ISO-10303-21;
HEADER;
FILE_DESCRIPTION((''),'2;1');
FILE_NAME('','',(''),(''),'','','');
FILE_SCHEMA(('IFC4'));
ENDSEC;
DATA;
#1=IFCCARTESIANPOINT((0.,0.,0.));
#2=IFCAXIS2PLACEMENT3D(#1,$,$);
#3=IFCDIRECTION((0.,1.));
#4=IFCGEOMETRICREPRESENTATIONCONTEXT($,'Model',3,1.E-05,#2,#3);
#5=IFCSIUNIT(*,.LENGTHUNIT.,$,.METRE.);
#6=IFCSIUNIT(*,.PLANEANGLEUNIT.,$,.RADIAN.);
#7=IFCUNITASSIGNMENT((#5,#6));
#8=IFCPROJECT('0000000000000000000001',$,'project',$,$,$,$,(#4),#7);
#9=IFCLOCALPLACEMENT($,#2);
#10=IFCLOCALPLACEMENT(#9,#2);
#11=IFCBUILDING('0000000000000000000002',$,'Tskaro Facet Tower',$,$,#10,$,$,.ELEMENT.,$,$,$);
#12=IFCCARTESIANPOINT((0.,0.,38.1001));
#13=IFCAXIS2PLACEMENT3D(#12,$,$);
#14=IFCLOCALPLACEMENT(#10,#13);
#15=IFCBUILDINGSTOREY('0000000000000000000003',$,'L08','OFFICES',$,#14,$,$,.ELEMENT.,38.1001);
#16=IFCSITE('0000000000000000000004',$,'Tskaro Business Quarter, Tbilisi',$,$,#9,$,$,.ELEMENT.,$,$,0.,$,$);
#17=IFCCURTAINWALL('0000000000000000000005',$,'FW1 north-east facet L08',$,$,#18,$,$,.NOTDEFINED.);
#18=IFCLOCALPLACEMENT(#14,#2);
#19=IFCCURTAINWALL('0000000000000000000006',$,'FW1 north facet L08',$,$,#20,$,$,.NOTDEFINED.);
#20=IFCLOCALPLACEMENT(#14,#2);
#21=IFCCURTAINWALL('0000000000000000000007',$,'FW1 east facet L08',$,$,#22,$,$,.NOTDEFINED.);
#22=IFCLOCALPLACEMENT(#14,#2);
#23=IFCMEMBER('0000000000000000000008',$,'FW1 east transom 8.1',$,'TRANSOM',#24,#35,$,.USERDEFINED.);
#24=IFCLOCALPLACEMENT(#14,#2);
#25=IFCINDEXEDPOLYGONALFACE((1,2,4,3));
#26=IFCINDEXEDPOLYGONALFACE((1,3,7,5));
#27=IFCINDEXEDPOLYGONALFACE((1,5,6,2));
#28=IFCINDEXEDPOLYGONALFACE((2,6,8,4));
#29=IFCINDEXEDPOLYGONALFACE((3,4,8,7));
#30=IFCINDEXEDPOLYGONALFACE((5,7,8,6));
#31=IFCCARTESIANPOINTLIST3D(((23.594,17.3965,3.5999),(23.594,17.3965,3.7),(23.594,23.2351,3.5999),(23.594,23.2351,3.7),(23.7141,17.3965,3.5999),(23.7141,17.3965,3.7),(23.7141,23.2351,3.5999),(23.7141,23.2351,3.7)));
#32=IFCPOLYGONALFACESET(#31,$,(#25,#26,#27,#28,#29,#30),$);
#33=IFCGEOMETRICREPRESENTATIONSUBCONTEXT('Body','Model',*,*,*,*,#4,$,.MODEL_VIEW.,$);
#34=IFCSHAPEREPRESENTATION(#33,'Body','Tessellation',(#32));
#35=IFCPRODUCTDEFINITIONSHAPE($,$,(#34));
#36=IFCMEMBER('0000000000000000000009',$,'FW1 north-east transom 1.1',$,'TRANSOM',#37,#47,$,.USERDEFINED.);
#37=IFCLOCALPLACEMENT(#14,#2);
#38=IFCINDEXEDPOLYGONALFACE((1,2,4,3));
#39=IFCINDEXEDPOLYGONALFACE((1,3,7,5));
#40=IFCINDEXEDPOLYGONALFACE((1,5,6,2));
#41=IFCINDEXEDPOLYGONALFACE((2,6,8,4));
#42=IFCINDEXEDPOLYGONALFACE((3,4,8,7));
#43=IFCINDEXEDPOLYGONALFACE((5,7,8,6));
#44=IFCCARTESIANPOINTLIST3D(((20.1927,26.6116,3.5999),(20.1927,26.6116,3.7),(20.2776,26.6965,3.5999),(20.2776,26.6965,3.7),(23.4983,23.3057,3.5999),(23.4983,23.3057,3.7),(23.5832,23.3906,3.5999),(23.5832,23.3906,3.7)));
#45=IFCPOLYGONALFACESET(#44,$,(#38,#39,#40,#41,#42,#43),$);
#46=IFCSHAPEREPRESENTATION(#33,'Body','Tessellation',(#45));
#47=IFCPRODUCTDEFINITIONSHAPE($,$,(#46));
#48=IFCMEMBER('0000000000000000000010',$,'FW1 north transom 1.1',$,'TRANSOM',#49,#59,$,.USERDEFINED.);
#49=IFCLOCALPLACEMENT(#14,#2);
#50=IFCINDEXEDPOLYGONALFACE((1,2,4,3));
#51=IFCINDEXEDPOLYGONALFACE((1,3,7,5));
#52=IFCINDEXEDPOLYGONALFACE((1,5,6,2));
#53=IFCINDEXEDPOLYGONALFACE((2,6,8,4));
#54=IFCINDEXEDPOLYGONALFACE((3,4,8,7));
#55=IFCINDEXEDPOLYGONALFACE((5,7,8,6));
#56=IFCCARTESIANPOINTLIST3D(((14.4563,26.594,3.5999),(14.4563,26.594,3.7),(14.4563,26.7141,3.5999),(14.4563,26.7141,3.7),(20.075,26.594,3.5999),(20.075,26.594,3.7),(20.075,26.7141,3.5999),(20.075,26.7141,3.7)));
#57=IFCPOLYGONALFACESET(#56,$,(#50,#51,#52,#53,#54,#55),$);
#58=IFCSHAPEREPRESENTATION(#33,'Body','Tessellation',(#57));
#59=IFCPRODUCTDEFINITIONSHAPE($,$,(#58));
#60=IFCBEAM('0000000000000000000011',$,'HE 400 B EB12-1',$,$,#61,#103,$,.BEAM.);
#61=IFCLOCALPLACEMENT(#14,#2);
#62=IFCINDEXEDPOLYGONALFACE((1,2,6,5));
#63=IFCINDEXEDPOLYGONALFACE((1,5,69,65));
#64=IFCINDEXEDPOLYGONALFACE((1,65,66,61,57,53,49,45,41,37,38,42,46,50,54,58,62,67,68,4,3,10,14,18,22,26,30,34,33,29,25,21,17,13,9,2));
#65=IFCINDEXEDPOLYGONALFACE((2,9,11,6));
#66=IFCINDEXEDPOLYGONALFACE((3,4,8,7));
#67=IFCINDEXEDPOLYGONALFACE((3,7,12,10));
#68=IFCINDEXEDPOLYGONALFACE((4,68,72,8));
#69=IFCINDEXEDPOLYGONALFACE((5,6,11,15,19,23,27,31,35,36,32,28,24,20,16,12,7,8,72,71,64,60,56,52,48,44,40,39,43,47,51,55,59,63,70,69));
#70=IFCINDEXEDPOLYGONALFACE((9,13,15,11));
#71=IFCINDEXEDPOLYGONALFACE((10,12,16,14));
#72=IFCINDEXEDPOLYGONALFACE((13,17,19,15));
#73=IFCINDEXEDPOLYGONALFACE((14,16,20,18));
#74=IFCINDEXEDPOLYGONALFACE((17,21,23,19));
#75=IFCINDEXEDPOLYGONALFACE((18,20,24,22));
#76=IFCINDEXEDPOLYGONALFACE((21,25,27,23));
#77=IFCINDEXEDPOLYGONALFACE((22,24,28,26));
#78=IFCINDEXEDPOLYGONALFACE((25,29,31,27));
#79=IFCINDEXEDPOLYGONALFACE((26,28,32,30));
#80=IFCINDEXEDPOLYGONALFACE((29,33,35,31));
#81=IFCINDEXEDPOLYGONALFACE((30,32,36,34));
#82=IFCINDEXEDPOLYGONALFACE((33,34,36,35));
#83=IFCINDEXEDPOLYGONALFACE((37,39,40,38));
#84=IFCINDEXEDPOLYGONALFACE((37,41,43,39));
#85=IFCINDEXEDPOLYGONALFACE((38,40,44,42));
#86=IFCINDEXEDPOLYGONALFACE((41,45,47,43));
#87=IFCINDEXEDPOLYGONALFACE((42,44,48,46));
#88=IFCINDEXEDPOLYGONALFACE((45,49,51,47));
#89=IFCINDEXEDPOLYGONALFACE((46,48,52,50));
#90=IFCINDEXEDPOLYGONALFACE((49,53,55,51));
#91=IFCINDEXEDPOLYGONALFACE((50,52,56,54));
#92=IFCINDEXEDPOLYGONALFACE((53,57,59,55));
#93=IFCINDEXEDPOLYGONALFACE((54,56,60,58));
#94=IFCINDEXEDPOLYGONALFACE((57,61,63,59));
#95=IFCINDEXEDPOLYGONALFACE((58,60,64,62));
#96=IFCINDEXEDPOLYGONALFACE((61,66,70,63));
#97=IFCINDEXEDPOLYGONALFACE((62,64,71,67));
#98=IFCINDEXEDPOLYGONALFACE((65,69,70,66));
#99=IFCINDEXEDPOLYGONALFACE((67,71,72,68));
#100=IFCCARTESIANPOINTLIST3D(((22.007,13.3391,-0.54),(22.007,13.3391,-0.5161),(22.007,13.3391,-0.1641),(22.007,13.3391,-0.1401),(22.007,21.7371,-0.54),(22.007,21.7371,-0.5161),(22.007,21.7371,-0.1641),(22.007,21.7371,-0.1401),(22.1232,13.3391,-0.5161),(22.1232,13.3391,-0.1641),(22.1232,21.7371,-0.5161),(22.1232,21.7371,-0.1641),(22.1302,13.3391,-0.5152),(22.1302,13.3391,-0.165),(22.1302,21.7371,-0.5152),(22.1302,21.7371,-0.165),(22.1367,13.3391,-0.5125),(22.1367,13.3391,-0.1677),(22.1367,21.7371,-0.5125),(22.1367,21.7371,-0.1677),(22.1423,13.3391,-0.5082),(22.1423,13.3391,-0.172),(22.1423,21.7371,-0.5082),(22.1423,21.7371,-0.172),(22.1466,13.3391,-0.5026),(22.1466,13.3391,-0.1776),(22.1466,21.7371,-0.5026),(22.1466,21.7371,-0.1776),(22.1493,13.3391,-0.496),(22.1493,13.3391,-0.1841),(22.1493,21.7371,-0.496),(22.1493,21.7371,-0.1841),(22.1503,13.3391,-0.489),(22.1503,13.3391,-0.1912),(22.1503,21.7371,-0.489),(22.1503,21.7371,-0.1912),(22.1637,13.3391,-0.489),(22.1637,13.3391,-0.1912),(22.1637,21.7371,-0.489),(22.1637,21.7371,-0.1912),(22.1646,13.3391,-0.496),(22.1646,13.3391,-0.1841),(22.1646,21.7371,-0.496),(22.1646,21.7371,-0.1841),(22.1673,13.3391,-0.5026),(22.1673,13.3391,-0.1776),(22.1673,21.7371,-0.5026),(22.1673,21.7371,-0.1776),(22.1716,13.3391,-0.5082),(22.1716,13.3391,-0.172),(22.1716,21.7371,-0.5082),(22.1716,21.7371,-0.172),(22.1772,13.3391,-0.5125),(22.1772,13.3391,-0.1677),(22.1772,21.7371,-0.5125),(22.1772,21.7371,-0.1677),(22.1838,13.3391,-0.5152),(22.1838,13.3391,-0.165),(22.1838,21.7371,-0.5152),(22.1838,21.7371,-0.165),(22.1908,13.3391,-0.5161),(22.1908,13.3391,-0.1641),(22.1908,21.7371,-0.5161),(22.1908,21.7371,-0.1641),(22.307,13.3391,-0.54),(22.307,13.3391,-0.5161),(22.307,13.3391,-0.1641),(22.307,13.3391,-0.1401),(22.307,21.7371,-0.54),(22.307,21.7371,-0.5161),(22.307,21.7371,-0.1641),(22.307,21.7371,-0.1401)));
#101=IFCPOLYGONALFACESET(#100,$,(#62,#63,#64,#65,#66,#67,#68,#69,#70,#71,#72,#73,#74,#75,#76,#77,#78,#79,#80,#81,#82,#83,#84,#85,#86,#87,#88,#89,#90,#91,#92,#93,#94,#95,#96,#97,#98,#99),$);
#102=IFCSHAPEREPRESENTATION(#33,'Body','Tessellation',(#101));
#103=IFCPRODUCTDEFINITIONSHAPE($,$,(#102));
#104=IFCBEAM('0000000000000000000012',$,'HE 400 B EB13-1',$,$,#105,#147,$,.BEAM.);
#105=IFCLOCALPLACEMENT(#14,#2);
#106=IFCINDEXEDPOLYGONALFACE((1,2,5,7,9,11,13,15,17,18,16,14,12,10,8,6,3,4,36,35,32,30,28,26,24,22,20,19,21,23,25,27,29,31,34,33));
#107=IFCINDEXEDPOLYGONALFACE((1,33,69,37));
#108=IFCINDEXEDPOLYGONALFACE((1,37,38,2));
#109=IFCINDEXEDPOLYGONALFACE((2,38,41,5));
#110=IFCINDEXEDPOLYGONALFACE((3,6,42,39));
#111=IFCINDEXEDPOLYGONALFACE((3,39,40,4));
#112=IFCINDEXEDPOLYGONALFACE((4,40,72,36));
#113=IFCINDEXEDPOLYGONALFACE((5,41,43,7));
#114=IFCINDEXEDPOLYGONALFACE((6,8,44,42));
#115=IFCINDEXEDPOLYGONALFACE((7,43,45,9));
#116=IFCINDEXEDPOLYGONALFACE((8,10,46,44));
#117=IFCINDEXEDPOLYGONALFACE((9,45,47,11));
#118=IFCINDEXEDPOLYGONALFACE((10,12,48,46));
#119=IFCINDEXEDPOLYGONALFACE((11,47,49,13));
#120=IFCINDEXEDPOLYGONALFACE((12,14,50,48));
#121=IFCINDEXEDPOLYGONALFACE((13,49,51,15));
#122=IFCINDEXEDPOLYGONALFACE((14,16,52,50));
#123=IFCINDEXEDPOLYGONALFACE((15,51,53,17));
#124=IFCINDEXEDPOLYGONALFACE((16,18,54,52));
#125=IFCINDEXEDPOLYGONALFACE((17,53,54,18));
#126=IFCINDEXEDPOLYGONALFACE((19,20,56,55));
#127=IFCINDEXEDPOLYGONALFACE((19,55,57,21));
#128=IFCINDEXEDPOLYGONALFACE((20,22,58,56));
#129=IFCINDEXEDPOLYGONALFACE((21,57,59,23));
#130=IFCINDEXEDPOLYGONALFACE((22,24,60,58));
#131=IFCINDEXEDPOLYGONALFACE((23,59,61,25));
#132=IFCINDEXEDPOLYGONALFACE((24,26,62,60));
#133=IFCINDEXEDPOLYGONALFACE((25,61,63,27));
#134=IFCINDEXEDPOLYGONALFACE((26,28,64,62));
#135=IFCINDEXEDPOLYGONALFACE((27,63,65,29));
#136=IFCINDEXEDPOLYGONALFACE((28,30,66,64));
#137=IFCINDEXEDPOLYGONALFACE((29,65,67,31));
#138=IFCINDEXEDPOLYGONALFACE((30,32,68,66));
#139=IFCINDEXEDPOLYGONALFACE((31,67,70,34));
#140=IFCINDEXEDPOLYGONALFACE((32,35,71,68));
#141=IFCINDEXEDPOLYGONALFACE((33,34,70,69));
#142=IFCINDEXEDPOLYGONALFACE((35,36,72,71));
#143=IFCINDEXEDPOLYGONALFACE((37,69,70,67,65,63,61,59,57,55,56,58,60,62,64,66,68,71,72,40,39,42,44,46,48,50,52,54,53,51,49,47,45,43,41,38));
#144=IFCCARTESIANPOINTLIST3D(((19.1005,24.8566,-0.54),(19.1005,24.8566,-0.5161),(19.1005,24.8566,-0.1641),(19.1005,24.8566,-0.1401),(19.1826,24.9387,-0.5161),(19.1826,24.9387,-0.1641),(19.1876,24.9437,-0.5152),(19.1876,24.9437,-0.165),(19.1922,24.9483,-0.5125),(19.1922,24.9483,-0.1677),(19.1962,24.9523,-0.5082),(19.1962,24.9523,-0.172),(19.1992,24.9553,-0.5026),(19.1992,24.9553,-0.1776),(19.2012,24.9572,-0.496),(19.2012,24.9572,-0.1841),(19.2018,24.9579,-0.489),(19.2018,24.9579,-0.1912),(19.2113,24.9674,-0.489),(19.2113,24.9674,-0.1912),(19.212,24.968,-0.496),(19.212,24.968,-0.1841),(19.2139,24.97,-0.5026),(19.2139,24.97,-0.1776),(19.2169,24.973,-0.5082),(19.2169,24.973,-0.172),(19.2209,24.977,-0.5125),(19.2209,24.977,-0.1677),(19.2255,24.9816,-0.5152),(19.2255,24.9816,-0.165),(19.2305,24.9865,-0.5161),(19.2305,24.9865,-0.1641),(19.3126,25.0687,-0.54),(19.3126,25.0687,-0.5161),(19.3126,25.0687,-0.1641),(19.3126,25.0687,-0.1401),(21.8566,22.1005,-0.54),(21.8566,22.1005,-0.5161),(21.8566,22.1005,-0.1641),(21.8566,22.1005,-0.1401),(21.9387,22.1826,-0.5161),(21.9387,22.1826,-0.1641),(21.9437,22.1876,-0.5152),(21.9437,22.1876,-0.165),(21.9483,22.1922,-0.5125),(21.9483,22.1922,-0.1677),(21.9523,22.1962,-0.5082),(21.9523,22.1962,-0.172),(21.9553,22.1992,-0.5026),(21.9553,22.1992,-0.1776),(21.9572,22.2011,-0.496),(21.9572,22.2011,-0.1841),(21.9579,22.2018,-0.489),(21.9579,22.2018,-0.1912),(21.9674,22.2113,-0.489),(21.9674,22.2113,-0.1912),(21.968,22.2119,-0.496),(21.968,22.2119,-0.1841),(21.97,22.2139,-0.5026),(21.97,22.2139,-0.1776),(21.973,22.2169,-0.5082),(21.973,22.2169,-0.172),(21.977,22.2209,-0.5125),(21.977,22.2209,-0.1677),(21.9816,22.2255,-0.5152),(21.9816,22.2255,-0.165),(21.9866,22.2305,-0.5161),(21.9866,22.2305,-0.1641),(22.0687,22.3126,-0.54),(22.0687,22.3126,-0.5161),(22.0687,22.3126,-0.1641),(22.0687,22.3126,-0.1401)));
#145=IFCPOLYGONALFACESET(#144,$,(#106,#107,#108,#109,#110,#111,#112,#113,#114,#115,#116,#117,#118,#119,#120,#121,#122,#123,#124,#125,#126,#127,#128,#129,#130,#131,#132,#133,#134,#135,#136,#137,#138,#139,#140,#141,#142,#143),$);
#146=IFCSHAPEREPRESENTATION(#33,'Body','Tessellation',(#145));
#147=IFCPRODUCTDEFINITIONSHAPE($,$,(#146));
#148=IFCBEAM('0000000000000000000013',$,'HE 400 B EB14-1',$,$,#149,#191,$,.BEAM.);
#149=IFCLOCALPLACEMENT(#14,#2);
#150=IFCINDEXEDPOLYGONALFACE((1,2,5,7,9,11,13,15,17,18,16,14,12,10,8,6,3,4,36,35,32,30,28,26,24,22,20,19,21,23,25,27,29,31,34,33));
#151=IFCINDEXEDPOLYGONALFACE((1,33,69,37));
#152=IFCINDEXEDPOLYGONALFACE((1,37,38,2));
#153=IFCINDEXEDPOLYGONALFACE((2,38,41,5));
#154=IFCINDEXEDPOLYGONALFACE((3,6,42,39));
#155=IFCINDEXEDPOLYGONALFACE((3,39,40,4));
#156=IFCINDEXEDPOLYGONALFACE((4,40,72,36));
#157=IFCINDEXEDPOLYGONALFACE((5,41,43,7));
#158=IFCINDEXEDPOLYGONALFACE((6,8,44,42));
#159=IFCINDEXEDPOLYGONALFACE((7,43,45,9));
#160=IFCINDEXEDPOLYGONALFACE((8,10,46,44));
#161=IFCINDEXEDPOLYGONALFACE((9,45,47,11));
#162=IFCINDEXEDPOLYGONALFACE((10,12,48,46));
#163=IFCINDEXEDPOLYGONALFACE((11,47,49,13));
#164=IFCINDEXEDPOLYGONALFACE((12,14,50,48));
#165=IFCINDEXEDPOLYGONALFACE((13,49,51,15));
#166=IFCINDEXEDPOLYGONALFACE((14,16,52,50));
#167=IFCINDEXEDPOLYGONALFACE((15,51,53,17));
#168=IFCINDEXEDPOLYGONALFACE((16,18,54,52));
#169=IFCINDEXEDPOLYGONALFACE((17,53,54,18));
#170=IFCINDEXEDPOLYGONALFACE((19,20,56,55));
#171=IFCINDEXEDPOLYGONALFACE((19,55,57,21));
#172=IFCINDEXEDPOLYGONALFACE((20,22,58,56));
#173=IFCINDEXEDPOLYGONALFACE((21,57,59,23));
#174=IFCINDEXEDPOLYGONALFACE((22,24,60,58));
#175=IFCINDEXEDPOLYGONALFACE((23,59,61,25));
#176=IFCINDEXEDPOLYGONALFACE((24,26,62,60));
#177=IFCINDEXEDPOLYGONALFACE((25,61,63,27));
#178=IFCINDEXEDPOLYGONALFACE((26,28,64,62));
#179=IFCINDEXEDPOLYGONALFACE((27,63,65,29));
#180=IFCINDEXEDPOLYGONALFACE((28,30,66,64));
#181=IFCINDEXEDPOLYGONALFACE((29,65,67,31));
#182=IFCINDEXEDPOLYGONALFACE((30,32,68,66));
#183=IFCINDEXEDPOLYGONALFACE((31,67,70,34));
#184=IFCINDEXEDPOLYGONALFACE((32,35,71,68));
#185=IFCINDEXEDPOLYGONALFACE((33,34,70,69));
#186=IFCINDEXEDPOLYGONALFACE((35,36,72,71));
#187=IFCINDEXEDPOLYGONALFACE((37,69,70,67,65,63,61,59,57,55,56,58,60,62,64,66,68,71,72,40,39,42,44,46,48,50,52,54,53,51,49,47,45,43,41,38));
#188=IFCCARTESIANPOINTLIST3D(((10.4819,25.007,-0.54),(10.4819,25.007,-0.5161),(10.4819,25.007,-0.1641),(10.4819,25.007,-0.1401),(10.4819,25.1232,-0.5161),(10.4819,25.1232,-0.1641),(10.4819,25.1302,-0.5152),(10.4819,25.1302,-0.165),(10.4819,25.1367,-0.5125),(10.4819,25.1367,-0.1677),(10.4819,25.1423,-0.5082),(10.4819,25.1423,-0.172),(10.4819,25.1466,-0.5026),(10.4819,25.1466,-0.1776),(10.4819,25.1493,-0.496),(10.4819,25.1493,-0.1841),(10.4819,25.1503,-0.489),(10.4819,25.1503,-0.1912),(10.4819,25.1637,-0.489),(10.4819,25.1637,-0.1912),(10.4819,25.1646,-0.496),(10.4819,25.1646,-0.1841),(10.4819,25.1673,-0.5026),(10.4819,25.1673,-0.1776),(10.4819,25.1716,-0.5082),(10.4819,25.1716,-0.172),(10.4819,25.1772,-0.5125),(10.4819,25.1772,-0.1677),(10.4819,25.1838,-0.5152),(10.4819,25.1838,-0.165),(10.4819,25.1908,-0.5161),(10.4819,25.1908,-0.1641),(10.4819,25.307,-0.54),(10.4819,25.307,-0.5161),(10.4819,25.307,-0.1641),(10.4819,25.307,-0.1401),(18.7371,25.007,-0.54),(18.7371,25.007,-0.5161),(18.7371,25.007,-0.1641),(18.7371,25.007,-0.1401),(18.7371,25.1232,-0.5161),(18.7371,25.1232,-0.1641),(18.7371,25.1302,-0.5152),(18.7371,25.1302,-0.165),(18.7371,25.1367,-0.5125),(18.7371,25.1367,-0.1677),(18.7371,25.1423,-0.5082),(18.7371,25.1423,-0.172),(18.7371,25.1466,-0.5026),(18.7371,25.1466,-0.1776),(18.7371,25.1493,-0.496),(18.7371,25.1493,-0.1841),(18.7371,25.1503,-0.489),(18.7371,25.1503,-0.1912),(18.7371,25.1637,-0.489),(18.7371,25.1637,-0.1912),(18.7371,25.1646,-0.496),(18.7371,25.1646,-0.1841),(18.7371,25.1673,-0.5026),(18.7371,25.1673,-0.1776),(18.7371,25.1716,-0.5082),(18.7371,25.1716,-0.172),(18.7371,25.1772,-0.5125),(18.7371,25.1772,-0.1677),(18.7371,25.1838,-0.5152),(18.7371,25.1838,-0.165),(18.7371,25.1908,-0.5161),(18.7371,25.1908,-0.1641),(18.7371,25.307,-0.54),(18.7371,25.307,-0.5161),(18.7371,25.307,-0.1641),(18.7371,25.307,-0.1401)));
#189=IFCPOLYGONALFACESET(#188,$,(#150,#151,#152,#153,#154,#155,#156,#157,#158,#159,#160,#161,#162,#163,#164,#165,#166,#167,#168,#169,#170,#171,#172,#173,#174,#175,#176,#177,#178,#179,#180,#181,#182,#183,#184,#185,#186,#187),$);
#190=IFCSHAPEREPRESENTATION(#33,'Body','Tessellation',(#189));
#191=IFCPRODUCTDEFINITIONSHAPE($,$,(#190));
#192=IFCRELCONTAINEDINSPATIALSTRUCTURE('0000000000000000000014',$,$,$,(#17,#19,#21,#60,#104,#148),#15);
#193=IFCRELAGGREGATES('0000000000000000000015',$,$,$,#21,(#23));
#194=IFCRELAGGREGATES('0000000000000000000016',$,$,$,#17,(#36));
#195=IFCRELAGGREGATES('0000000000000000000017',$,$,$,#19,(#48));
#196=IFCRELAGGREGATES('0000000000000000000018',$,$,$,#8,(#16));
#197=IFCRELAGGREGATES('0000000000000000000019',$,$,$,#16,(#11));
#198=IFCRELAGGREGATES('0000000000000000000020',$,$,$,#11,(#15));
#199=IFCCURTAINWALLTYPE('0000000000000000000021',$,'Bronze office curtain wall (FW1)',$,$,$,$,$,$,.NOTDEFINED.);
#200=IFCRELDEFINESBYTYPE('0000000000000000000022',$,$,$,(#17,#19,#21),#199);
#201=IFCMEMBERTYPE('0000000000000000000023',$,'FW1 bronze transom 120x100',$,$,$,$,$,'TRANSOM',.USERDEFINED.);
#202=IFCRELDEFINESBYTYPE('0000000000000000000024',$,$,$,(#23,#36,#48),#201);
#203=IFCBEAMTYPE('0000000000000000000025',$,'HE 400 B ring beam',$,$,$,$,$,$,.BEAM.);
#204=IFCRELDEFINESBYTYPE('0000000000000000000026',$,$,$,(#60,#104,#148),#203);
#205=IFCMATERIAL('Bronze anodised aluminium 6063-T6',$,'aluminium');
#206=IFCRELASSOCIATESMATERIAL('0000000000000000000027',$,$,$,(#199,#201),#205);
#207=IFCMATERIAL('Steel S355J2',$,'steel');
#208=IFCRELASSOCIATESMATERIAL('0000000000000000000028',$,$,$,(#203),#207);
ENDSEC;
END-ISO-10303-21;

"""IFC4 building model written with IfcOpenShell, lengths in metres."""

from ifc_helpers import new_model, si_unit, direction, frame, origin, origin_2d, place, context, subcontext, project, spatial, rectangle, i_section, extrude, material, material_profile, profile_set, type_object, element, aggregate, save


model = new_model("IFC4")

# Units and contexts
model_context = context("Model", 3, precision=1e-05, world=origin(), true_north=direction((0.0, 1.0)))
body_context = subcontext(model_context, "Body", "Model", "MODEL_VIEW")
ifc_project = project(units=[si_unit("LENGTHUNIT", "METRE"), si_unit("PLANEANGLEUNIT", "RADIAN")], contexts=[model_context])

# Site, building, storey
site_placement = place(None, origin())
site = spatial("IfcSite", under=ifc_project, at=site_placement, Name="Tskaro Business Quarter, Tbilisi", CompositionType="ELEMENT", RefElevation=0.0)
building_placement = place(site_placement, origin())
building = spatial("IfcBuilding", under=site, at=building_placement, Name="Tskaro Facet Tower", CompositionType="ELEMENT")
storey_placement = place(building_placement, frame((0.0, 0.0, 38.1001)))
storey = spatial("IfcBuildingStorey", under=building, at=storey_placement, Name="L08", Description="OFFICES", CompositionType="ELEMENT", Elevation=38.1001)

# Curtain walls
ifc_material_1 = material(Name="Bronze anodised aluminium 6063-T6", Category="aluminium")
curtain_wall_type = type_object("IfcCurtainWallType", Name="Bronze office curtain wall (FW1)", PredefinedType="NOTDEFINED", material=ifc_material_1)
curtain_wall_1_placement = place(storey_placement, origin())
curtain_wall_1 = element("IfcCurtainWall", 1, at=curtain_wall_1_placement, inside=storey, type_object=curtain_wall_type, Name="FW1 north-east facet L08", PredefinedType="NOTDEFINED")
curtain_wall_2_placement = place(storey_placement, origin())
curtain_wall_2 = element("IfcCurtainWall", 2, at=curtain_wall_2_placement, inside=storey, type_object=curtain_wall_type, Name="FW1 north facet L08", PredefinedType="NOTDEFINED")

# Curtain wall, member
curtain_wall_3_placement = place(storey_placement, origin())
curtain_wall_3 = element("IfcCurtainWall", 3, at=curtain_wall_3_placement, inside=storey, type_object=curtain_wall_type, Name="FW1 east facet L08", PredefinedType="NOTDEFINED")
ifc_material_profile_1 = material_profile(ifc_material_1, rectangle(XDim=0.1201, YDim=0.1001, at=origin_2d()), Name="Transom 120x100")
ifc_profile_set_1 = profile_set([ifc_material_profile_1], Name="Bronze anodised aluminium 6063-T6")
member_type_1 = type_object("IfcMemberType", Name="FW1 bronze transom 120x100", ElementType="TRANSOM", PredefinedType="USERDEFINED", material=ifc_profile_set_1)
member_1_placement = place(storey_placement, frame((23.6541, 17.3965, 3.6499), z_axis=(0.0, 1.0, 0.0), x_axis=(-1.0, 0.0, 0.0)))
member_1 = element("IfcMember", 4, at=member_1_placement, type_object=member_type_1, Name="FW1 east transom 8.1", ObjectType="TRANSOM", PredefinedType="USERDEFINED", context=body_context, shape_type="SweptSolid", body=[
    extrude(rectangle(XDim=0.1201, YDim=0.1001, at=origin_2d()), origin(), (0.0, 0.0, 1.0), 5.8386),
])

# Members
member_2_placement = place(storey_placement, frame((23.5408, 23.3481, 3.6499), z_axis=(-0.707081, 0.707133, 0.0), x_axis=(-0.707133, -0.707081, 0.0)))
member_2 = element("IfcMember", 5, at=member_2_placement, type_object=member_type_1, Name="FW1 north-east transom 1.1", ObjectType="TRANSOM", PredefinedType="USERDEFINED", context=body_context, shape_type="SweptSolid", body=[
    extrude(rectangle(XDim=0.1201, YDim=0.1001, at=origin_2d()), origin(), (0.0, 0.0, 1.0), 4.675),
])
member_3_placement = place(storey_placement, frame((20.075, 26.6541, 3.6499), z_axis=(-1.0, 0.0, 0.0), x_axis=(0.0, -1.0, 0.0)))
member_3 = element("IfcMember", 6, at=member_3_placement, type_object=member_type_1, Name="FW1 north transom 1.1", ObjectType="TRANSOM", PredefinedType="USERDEFINED", context=body_context, shape_type="SweptSolid", body=[
    extrude(rectangle(XDim=0.1201, YDim=0.1001, at=origin_2d()), origin(), (0.0, 0.0, 1.0), 5.6187),
])

# Beams
ifc_material_2 = material(Name="Steel S355J2", Category="steel")
ifc_material_profile_2 = material_profile(ifc_material_2, i_section(OverallWidth=0.3, OverallDepth=0.3999, WebThickness=0.0134, FlangeThickness=0.0239, FilletRadius=0.0271, at=origin_2d()), Name="HE 400 B")
ifc_profile_set_2 = profile_set([ifc_material_profile_2], Name="Steel S355J2")
beam_type_1 = type_object("IfcBeamType", Name="HE 400 B ring beam", PredefinedType="BEAM", material=ifc_profile_set_2)
beam_1_placement = place(storey_placement, frame((22.157, 13.3391, -0.3401), z_axis=(0.0, 1.0, 0.0), x_axis=(-1.0, 0.0, 0.0)))
element("IfcBeam", 7, at=beam_1_placement, inside=storey, type_object=beam_type_1, Name="HE 400 B EB12-1", PredefinedType="BEAM", context=body_context, shape_type="SweptSolid", body=[
    extrude(i_section(OverallWidth=0.3, OverallDepth=0.3999, WebThickness=0.0134, FlangeThickness=0.0239, FilletRadius=0.0271, at=origin_2d()), origin(), (0.0, 0.0, 1.0), 8.3979),
])
beam_2_placement = place(storey_placement, frame((21.9626, 22.2065, -0.3401), z_axis=(-0.707107, 0.707107, 0.0), x_axis=(-0.707107, -0.707107, 0.0)))
element("IfcBeam", 8, at=beam_2_placement, inside=storey, type_object=beam_type_1, Name="HE 400 B EB13-1", PredefinedType="BEAM", context=body_context, shape_type="SweptSolid", body=[
    extrude(i_section(OverallWidth=0.3, OverallDepth=0.3999, WebThickness=0.0134, FlangeThickness=0.0239, FilletRadius=0.0271, at=origin_2d()), origin(), (0.0, 0.0, 1.0), 3.8977),
])
beam_3_placement = place(storey_placement, frame((18.7371, 25.157, -0.3401), z_axis=(-1.0, 0.0, 0.0), x_axis=(0.0, -1.0, 0.0)))
element("IfcBeam", 9, at=beam_3_placement, inside=storey, type_object=beam_type_1, Name="HE 400 B EB14-1", PredefinedType="BEAM", context=body_context, shape_type="SweptSolid", body=[
    extrude(i_section(OverallWidth=0.3, OverallDepth=0.3999, WebThickness=0.0134, FlangeThickness=0.0239, FilletRadius=0.0271, at=origin_2d()), origin(), (0.0, 0.0, 1.0), 8.2551),
])

aggregate(curtain_wall_3, [member_1])
aggregate(curtain_wall_1, [member_2])
aggregate(curtain_wall_2, [member_3])

save(model, "model.ifc")
